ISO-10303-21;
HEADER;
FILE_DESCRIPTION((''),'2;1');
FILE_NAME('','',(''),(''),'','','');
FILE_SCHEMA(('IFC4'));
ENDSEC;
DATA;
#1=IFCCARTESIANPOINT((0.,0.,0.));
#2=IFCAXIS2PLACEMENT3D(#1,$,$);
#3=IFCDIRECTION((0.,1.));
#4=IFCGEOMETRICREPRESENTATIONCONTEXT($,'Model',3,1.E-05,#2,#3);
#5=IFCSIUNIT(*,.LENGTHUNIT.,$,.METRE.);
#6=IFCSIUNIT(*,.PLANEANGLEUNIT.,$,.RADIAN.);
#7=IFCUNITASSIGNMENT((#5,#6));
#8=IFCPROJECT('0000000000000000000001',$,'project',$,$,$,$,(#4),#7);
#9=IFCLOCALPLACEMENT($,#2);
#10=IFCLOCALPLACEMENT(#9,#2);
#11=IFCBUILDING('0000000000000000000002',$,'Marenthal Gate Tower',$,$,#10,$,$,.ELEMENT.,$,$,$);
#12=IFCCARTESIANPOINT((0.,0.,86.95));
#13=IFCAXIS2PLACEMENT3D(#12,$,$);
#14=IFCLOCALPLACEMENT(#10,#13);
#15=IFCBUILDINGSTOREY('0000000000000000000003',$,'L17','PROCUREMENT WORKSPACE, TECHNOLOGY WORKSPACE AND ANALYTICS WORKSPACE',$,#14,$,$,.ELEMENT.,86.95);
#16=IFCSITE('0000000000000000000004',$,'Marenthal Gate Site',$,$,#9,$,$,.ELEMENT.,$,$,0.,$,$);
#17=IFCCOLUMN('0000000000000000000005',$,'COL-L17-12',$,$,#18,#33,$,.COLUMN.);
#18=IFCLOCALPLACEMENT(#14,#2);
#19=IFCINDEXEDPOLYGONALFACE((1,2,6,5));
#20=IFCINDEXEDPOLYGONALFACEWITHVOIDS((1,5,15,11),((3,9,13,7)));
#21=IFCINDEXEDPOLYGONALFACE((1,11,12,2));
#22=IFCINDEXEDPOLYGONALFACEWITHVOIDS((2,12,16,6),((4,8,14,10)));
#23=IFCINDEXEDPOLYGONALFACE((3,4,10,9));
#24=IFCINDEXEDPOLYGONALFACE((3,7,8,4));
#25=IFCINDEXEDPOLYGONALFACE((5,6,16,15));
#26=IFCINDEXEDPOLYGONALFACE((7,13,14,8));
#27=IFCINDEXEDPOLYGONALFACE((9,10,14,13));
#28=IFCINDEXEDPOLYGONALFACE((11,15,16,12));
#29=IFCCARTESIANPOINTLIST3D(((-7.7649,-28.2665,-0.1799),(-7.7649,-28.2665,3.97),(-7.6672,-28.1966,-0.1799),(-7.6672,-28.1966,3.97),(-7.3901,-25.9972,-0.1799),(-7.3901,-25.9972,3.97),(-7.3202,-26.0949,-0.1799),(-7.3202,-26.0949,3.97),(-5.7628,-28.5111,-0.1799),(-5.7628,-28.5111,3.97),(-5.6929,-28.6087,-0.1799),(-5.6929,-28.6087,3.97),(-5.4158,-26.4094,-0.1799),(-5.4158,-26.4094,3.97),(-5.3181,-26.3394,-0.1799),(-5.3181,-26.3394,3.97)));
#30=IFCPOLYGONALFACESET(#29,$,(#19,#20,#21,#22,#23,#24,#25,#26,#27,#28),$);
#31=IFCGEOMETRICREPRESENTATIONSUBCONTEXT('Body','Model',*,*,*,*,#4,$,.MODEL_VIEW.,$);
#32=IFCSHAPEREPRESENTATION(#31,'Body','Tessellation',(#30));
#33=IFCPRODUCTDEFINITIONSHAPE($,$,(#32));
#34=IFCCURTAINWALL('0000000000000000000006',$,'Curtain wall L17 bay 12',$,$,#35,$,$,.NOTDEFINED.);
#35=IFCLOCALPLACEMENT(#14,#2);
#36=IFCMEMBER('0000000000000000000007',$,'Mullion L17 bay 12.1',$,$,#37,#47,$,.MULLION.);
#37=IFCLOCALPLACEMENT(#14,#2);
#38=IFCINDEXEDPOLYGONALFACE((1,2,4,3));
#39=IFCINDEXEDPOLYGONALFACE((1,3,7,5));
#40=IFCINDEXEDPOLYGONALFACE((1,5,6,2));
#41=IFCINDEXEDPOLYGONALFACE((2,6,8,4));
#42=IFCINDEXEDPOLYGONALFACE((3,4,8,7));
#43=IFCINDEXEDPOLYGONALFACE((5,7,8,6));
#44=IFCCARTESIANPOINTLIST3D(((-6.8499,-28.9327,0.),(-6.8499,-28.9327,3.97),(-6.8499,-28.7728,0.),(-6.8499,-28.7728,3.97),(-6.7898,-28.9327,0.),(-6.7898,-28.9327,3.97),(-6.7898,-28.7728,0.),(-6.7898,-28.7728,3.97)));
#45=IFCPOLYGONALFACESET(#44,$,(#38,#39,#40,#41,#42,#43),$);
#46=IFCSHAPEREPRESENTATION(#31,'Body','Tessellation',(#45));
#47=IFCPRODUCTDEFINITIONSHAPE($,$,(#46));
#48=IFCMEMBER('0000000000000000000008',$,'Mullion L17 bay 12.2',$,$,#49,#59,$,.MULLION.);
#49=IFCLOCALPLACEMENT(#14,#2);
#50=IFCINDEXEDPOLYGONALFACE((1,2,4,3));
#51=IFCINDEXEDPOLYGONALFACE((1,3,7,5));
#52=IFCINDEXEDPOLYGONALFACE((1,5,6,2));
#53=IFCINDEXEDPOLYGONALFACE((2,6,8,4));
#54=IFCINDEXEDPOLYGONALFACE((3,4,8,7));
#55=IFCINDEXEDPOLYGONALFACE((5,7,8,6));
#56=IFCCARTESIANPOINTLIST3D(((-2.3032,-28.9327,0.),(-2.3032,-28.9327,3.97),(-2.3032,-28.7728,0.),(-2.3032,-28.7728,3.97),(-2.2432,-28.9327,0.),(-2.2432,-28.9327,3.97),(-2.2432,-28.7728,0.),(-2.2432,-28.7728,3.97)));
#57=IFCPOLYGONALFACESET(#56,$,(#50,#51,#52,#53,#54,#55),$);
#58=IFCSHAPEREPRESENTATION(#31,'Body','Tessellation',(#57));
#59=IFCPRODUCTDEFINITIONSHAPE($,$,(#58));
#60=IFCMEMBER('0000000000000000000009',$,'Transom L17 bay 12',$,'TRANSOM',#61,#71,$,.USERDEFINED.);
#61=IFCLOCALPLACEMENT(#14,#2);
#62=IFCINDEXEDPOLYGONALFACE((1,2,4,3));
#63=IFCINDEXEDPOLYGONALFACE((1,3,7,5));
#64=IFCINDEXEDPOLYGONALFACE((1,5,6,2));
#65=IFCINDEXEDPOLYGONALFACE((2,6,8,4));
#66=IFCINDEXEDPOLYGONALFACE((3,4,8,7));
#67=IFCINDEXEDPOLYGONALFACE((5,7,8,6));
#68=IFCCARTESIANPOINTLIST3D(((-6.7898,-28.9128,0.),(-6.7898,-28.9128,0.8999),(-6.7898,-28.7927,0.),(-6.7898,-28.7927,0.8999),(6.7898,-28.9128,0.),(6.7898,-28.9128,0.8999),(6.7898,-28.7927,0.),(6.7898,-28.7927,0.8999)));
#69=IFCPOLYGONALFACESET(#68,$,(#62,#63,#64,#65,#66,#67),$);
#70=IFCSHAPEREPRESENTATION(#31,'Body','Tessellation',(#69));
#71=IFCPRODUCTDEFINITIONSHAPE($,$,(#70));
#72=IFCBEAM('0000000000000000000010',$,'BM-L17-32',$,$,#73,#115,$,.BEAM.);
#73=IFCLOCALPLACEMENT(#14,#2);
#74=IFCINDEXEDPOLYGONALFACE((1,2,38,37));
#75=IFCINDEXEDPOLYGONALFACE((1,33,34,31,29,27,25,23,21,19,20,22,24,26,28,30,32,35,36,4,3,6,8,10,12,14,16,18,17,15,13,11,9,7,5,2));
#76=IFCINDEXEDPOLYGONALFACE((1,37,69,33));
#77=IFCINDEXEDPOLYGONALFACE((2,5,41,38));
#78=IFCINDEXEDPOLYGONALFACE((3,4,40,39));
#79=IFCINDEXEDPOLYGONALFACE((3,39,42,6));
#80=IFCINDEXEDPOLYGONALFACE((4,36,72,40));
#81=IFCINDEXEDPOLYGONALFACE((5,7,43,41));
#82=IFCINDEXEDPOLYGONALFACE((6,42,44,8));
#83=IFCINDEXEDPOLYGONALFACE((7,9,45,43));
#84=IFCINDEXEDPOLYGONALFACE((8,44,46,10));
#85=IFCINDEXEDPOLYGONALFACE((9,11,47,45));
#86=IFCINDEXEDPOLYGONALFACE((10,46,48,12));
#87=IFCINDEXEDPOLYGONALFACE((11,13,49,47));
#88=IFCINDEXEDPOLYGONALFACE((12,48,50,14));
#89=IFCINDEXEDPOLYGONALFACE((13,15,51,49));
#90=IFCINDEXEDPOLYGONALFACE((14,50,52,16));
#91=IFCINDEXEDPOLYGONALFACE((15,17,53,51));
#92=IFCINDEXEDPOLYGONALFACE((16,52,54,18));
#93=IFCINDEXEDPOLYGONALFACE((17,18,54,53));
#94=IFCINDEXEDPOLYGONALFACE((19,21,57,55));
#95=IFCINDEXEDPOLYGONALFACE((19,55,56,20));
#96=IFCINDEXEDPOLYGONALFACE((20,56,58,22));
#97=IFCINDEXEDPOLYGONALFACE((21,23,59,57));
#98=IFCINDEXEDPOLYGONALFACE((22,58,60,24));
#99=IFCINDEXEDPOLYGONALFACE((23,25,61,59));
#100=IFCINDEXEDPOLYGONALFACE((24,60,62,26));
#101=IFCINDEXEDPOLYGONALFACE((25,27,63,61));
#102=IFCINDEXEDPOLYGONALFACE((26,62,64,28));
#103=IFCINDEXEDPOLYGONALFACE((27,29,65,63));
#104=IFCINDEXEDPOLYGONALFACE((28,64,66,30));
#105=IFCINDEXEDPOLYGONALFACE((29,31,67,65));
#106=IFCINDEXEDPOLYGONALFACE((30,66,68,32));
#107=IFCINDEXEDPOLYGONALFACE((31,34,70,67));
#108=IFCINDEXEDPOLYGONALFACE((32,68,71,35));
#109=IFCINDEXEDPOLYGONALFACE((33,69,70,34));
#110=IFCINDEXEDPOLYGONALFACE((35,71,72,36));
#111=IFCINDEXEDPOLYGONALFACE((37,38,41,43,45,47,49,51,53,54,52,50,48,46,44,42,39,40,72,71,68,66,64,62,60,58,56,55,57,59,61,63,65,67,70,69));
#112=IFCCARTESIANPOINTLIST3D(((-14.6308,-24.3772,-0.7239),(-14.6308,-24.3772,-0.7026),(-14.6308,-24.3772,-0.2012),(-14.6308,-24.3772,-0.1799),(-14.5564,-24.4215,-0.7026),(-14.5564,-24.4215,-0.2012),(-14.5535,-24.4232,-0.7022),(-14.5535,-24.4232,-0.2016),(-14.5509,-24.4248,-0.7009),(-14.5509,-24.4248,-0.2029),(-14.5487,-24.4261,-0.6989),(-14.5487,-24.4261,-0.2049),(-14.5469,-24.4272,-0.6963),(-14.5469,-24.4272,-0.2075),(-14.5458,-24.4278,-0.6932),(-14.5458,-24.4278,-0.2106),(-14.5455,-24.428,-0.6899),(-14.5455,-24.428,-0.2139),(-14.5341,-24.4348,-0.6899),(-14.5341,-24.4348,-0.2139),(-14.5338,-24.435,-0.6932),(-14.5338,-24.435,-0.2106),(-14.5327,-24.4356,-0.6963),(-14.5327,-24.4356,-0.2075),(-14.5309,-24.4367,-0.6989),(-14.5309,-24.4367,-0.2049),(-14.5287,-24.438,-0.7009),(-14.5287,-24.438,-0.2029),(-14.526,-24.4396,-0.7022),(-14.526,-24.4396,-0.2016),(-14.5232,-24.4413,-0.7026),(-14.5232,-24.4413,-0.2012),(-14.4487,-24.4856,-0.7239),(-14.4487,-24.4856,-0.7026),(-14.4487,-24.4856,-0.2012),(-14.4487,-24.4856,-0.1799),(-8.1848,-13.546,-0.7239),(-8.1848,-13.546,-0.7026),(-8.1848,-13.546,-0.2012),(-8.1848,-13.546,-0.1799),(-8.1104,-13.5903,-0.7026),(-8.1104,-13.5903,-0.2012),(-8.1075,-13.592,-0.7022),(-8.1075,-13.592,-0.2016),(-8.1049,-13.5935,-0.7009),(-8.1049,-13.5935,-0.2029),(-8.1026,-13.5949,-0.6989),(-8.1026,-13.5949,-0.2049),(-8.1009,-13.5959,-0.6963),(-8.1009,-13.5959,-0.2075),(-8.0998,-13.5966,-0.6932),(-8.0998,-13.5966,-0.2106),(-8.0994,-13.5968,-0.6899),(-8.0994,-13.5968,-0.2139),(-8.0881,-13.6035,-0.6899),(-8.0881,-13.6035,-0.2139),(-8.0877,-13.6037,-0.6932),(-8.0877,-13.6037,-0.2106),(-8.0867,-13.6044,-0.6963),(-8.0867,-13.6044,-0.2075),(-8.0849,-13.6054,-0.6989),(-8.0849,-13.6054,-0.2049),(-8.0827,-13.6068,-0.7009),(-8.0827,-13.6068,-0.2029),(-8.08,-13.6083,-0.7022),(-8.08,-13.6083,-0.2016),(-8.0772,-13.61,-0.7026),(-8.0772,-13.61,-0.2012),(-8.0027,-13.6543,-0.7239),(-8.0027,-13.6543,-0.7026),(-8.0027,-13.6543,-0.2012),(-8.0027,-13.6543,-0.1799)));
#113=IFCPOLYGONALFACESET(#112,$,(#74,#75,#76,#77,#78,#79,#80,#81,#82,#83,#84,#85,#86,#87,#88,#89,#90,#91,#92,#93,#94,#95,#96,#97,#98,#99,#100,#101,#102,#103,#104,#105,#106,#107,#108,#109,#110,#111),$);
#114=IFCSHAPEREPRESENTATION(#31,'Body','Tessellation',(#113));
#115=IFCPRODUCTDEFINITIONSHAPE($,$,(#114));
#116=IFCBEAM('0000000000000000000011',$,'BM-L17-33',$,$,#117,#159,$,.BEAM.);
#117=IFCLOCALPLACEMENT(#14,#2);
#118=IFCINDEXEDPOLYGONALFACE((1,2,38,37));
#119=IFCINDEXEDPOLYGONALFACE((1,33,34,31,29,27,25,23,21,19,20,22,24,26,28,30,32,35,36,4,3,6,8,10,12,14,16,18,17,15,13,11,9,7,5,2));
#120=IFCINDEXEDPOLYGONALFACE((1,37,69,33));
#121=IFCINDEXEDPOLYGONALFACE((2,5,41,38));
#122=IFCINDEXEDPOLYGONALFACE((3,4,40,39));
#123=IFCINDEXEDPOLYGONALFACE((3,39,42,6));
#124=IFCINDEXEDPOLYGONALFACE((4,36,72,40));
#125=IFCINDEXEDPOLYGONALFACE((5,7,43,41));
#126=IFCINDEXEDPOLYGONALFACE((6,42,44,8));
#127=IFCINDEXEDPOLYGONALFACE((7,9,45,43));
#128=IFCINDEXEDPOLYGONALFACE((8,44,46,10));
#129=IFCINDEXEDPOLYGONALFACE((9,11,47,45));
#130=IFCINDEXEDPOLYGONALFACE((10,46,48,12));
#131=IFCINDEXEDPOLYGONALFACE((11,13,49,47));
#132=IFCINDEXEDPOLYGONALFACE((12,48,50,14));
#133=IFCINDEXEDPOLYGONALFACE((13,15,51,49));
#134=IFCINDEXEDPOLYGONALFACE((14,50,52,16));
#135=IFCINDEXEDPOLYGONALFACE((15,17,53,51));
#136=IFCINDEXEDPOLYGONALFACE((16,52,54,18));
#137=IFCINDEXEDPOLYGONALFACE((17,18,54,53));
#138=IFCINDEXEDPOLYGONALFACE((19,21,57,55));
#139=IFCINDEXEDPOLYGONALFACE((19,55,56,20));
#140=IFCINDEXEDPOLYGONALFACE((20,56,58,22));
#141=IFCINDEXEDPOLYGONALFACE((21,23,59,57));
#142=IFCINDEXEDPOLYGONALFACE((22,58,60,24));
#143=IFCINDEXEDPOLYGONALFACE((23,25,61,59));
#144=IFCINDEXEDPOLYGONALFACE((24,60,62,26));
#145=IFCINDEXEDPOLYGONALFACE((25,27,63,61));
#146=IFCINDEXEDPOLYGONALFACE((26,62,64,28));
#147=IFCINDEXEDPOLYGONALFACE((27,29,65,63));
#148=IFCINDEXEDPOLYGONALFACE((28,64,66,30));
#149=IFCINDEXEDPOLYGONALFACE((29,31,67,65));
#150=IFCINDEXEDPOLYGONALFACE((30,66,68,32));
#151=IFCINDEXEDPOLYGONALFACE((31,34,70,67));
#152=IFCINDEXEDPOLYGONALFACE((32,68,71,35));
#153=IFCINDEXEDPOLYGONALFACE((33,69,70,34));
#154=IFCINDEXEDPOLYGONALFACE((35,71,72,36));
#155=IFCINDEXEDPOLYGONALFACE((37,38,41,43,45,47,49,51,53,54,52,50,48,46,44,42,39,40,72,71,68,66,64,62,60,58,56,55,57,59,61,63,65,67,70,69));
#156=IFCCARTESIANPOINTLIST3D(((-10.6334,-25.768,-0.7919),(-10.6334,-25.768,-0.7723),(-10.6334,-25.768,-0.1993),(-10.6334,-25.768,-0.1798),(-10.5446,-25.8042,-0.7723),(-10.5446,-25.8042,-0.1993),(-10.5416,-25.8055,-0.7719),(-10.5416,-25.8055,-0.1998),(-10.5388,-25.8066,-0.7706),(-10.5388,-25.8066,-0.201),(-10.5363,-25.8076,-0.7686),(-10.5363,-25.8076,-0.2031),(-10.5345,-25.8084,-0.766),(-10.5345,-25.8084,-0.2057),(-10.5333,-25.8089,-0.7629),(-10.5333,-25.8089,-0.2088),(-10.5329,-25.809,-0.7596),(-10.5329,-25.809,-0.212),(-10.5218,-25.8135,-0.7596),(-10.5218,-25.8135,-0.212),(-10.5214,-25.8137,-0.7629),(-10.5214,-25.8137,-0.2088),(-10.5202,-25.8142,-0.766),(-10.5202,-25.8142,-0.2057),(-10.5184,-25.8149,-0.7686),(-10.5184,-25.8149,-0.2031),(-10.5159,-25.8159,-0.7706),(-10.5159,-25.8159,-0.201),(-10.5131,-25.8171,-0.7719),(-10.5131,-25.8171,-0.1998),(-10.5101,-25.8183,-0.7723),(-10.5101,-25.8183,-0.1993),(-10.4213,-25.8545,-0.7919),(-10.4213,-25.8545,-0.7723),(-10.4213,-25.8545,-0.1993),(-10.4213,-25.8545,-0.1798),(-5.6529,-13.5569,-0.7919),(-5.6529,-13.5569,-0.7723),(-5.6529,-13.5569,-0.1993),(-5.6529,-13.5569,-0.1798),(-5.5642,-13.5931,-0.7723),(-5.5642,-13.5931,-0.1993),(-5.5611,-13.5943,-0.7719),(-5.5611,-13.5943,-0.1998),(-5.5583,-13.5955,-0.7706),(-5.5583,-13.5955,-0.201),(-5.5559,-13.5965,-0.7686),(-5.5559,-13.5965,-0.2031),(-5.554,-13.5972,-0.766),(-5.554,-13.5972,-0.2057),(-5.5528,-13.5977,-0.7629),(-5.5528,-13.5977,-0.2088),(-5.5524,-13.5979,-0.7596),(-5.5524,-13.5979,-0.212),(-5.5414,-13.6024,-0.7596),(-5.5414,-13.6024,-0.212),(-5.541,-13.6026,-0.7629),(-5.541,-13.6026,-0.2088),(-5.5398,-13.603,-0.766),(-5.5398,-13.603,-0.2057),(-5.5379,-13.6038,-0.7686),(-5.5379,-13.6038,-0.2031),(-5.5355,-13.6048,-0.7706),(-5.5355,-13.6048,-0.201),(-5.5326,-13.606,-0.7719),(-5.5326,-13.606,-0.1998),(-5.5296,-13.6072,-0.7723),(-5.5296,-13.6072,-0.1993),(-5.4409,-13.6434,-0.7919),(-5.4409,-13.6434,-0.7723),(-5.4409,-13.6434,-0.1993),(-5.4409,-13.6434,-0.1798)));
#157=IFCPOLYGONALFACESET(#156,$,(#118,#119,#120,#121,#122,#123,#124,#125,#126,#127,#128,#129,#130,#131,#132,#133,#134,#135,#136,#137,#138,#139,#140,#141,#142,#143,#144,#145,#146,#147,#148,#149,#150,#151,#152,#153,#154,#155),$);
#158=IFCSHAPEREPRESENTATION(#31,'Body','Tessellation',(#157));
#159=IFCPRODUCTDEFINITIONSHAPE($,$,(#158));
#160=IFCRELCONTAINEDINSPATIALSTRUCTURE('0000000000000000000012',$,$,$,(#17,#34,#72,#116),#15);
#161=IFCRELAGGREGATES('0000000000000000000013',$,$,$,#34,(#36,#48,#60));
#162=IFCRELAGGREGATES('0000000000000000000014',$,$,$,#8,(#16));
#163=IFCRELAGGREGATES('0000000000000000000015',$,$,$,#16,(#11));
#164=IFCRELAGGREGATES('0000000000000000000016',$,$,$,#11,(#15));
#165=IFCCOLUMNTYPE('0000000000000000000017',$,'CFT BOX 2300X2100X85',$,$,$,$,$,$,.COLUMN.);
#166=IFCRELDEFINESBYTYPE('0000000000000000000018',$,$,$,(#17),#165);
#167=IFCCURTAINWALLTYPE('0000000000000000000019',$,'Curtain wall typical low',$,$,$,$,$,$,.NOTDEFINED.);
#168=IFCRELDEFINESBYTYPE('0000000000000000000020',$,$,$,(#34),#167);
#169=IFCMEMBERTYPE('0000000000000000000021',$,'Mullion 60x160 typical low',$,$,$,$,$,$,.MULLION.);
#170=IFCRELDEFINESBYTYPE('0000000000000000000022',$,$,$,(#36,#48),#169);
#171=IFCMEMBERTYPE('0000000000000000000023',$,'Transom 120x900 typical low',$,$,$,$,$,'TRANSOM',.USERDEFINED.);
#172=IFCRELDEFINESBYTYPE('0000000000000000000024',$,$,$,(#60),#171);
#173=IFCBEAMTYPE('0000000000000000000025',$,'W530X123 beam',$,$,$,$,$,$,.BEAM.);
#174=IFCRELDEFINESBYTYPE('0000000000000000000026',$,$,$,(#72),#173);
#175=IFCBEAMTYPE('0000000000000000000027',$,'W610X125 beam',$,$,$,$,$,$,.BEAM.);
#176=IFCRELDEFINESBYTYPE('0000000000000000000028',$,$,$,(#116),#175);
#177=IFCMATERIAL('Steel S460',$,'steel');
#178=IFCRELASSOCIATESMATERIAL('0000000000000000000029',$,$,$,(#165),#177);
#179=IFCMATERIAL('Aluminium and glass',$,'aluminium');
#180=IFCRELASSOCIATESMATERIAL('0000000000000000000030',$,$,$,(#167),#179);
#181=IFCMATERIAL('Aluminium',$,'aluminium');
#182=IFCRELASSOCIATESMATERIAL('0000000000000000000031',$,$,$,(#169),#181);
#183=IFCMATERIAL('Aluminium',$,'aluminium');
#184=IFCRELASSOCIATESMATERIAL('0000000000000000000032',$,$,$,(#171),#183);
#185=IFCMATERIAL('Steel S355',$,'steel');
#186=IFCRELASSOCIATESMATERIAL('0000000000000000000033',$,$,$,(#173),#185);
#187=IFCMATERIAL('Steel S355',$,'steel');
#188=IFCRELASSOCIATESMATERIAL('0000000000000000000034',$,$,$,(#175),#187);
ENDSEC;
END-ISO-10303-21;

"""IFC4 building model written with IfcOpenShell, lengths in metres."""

from ifc_helpers import new_model, si_unit, direction, frame, origin, origin_2d, place, context, subcontext, project, spatial, rectangle, hollow_rectangle, i_section, extrude, material, material_profile, profile_set, type_object, element, aggregate, save


model = new_model("IFC4")

# Units and contexts
model_context = context("Model", 3, precision=1e-05, world=origin(), true_north=direction((0.0, 1.0)))
body_context = subcontext(model_context, "Body", "Model", "MODEL_VIEW")
ifc_project = project(units=[si_unit("LENGTHUNIT", "METRE"), si_unit("PLANEANGLEUNIT", "RADIAN")], contexts=[model_context])

# Site, building, storey
site_placement = place(None, origin())
site = spatial("IfcSite", under=ifc_project, at=site_placement, Name="Marenthal Gate Site", CompositionType="ELEMENT", RefElevation=0.0)
building_placement = place(site_placement, origin())
building = spatial("IfcBuilding", under=site, at=building_placement, Name="Marenthal Gate Tower", CompositionType="ELEMENT")
storey_placement = place(building_placement, frame((0.0, 0.0, 86.95)))
storey = spatial("IfcBuildingStorey", under=building, at=storey_placement, Name="L17", Description="PROCUREMENT WORKSPACE, TECHNOLOGY WORKSPACE AND ANALYTICS WORKSPACE", CompositionType="ELEMENT", Elevation=86.95)

# Column
ifc_material_1 = material(Name="Steel S460", Category="steel")
ifc_material_profile_1 = material_profile(ifc_material_1, hollow_rectangle(XDim=2.1001, YDim=2.3, WallThickness=0.085, at=origin_2d()), Name="CFT BOX 2300X2100X85")
ifc_material_2 = material(Name="Concrete 70 MPa", Category="concrete")
ifc_material_profile_2 = material_profile(ifc_material_2, rectangle(XDim=1.9299, YDim=2.1299, at=origin_2d()), Name="CFT BOX 2300X2100X85 INFILL")
ifc_profile_set_1 = profile_set([ifc_material_profile_1, ifc_material_profile_2], Name="Steel S460 shell, Concrete 70 MPa infill")
column_type = type_object("IfcColumnType", Name="CFT BOX 2300X2100X85", PredefinedType="COLUMN", material=ifc_profile_set_1)
column_placement = place(storey_placement, frame((-6.5415, -27.303, -0.1799), z_axis=(0.0, 0.0, 1.0), x_axis=(-0.986637, 0.162933, 0.0)))
element("IfcColumn", 1, at=column_placement, inside=storey, type_object=column_type, Name="COL-L17-12", PredefinedType="COLUMN", context=body_context, shape_type="SweptSolid", body=[
    extrude(hollow_rectangle(XDim=2.1001, YDim=2.3, WallThickness=0.085, at=origin_2d()), origin(), (0.0, 0.0, 1.0), 4.1499),
])

# Curtain wall, members
ifc_material_3 = material(Name="Aluminium and glass", Category="aluminium")
curtain_wall_type = type_object("IfcCurtainWallType", Name="Curtain wall typical low", PredefinedType="NOTDEFINED", material=ifc_material_3)
curtain_wall_placement = place(storey_placement, origin())
curtain_wall = element("IfcCurtainWall", 2, at=curtain_wall_placement, inside=storey, type_object=curtain_wall_type, Name="Curtain wall L17 bay 12", PredefinedType="NOTDEFINED")
ifc_material_4 = material(Name="Aluminium", Category="aluminium")
ifc_material_profile_3 = material_profile(ifc_material_4, rectangle(XDim=0.1599, YDim=0.0601, at=origin_2d()), Name="60x160 aluminium mullion")
ifc_profile_set_2 = profile_set([ifc_material_profile_3], Name="Aluminium")
member_type_1 = type_object("IfcMemberType", Name="Mullion 60x160 typical low", PredefinedType="MULLION", material=ifc_profile_set_2)
member_1_placement = place(storey_placement, frame((-6.8198, -28.8528, 0.0), z_axis=(0.0, 0.0, 1.0), x_axis=(0.0, 1.0, 0.0)))
member_1 = element("IfcMember", 3, at=member_1_placement, type_object=member_type_1, Name="Mullion L17 bay 12.1", PredefinedType="MULLION", context=body_context, shape_type="SweptSolid", body=[
    extrude(rectangle(XDim=0.1599, YDim=0.0601, at=origin_2d()), origin(), (0.0, 0.0, 1.0), 3.97),
])
member_2_placement = place(storey_placement, frame((-2.2732, -28.8528, 0.0), z_axis=(0.0, 0.0, 1.0), x_axis=(0.0, 1.0, 0.0)))
member_2 = element("IfcMember", 4, at=member_2_placement, type_object=member_type_1, Name="Mullion L17 bay 12.2", PredefinedType="MULLION", context=body_context, shape_type="SweptSolid", body=[
    extrude(rectangle(XDim=0.1599, YDim=0.0601, at=origin_2d()), origin(), (0.0, 0.0, 1.0), 3.97),
])
ifc_material_5 = material(Name="Aluminium", Category="aluminium")
ifc_material_profile_4 = material_profile(ifc_material_5, rectangle(XDim=0.1201, YDim=0.8999, at=origin_2d()), Name="120x900 aluminium transom")
ifc_profile_set_3 = profile_set([ifc_material_profile_4], Name="Aluminium")
member_type_2 = type_object("IfcMemberType", Name="Transom 120x900 typical low", ElementType="TRANSOM", PredefinedType="USERDEFINED", material=ifc_profile_set_3)
member_3_placement = place(storey_placement, frame((-6.7898, -28.8528, 0.45), z_axis=(1.0, 0.0, 0.0), x_axis=(0.0, 1.0, 0.0)))
member_3 = element("IfcMember", 5, at=member_3_placement, type_object=member_type_2, Name="Transom L17 bay 12", ObjectType="TRANSOM", PredefinedType="USERDEFINED", context=body_context, shape_type="SweptSolid", body=[
    extrude(rectangle(XDim=0.1201, YDim=0.8999, at=origin_2d()), origin(), (0.0, 0.0, 1.0), 13.5796),
])

# Beams
ifc_material_6 = material(Name="Steel S355", Category="steel")
ifc_material_profile_5 = material_profile(ifc_material_6, i_section(OverallWidth=0.2119, OverallDepth=0.5439, WebThickness=0.0132, FlangeThickness=0.0212, FilletRadius=0.0127, at=origin_2d()), Name="W530X123")
ifc_profile_set_4 = profile_set([ifc_material_profile_5], Name="Steel S355")
beam_type_1 = type_object("IfcBeamType", Name="W530X123 beam", PredefinedType="BEAM", material=ifc_profile_set_4)
beam_1_placement = place(storey_placement, frame((-14.5398, -24.4314, -0.4519), z_axis=(0.511416, 0.859333, 0.0), x_axis=(-0.859333, 0.511416, 0.0)))
element("IfcBeam", 6, at=beam_1_placement, inside=storey, type_object=beam_type_1, Name="BM-L17-32", PredefinedType="BEAM", context=body_context, shape_type="SweptSolid", body=[
    extrude(i_section(OverallWidth=0.2119, OverallDepth=0.5439, WebThickness=0.0132, FlangeThickness=0.0212, FilletRadius=0.0127, at=origin_2d()), origin(), (0.0, 0.0, 1.0), 12.6042),
])
ifc_material_7 = material(Name="Steel S355", Category="steel")
ifc_material_profile_6 = material_profile(ifc_material_7, i_section(OverallWidth=0.229, OverallDepth=0.6121, WebThickness=0.012, FlangeThickness=0.0195, FilletRadius=0.0127, at=origin_2d()), Name="W610X125")
ifc_profile_set_5 = profile_set([ifc_material_profile_6], Name="Steel S355")
beam_type_2 = type_object("IfcBeamType", Name="W610X125 beam", PredefinedType="BEAM", material=ifc_profile_set_5)
beam_2_placement = place(storey_placement, frame((-10.5273, -25.8113, -0.4858), z_axis=(0.377657, 0.925945, 0.0), x_axis=(-0.925945, 0.377657, 0.0)))
element("IfcBeam", 7, at=beam_2_placement, inside=storey, type_object=beam_type_2, Name="BM-L17-33", PredefinedType="BEAM", context=body_context, shape_type="SweptSolid", body=[
    extrude(i_section(OverallWidth=0.229, OverallDepth=0.6121, WebThickness=0.012, FlangeThickness=0.0195, FilletRadius=0.0127, at=origin_2d()), origin(), (0.0, 0.0, 1.0), 13.1877),
])

aggregate(curtain_wall, [member_1, member_2, member_3])

save(model, "model.ifc")
